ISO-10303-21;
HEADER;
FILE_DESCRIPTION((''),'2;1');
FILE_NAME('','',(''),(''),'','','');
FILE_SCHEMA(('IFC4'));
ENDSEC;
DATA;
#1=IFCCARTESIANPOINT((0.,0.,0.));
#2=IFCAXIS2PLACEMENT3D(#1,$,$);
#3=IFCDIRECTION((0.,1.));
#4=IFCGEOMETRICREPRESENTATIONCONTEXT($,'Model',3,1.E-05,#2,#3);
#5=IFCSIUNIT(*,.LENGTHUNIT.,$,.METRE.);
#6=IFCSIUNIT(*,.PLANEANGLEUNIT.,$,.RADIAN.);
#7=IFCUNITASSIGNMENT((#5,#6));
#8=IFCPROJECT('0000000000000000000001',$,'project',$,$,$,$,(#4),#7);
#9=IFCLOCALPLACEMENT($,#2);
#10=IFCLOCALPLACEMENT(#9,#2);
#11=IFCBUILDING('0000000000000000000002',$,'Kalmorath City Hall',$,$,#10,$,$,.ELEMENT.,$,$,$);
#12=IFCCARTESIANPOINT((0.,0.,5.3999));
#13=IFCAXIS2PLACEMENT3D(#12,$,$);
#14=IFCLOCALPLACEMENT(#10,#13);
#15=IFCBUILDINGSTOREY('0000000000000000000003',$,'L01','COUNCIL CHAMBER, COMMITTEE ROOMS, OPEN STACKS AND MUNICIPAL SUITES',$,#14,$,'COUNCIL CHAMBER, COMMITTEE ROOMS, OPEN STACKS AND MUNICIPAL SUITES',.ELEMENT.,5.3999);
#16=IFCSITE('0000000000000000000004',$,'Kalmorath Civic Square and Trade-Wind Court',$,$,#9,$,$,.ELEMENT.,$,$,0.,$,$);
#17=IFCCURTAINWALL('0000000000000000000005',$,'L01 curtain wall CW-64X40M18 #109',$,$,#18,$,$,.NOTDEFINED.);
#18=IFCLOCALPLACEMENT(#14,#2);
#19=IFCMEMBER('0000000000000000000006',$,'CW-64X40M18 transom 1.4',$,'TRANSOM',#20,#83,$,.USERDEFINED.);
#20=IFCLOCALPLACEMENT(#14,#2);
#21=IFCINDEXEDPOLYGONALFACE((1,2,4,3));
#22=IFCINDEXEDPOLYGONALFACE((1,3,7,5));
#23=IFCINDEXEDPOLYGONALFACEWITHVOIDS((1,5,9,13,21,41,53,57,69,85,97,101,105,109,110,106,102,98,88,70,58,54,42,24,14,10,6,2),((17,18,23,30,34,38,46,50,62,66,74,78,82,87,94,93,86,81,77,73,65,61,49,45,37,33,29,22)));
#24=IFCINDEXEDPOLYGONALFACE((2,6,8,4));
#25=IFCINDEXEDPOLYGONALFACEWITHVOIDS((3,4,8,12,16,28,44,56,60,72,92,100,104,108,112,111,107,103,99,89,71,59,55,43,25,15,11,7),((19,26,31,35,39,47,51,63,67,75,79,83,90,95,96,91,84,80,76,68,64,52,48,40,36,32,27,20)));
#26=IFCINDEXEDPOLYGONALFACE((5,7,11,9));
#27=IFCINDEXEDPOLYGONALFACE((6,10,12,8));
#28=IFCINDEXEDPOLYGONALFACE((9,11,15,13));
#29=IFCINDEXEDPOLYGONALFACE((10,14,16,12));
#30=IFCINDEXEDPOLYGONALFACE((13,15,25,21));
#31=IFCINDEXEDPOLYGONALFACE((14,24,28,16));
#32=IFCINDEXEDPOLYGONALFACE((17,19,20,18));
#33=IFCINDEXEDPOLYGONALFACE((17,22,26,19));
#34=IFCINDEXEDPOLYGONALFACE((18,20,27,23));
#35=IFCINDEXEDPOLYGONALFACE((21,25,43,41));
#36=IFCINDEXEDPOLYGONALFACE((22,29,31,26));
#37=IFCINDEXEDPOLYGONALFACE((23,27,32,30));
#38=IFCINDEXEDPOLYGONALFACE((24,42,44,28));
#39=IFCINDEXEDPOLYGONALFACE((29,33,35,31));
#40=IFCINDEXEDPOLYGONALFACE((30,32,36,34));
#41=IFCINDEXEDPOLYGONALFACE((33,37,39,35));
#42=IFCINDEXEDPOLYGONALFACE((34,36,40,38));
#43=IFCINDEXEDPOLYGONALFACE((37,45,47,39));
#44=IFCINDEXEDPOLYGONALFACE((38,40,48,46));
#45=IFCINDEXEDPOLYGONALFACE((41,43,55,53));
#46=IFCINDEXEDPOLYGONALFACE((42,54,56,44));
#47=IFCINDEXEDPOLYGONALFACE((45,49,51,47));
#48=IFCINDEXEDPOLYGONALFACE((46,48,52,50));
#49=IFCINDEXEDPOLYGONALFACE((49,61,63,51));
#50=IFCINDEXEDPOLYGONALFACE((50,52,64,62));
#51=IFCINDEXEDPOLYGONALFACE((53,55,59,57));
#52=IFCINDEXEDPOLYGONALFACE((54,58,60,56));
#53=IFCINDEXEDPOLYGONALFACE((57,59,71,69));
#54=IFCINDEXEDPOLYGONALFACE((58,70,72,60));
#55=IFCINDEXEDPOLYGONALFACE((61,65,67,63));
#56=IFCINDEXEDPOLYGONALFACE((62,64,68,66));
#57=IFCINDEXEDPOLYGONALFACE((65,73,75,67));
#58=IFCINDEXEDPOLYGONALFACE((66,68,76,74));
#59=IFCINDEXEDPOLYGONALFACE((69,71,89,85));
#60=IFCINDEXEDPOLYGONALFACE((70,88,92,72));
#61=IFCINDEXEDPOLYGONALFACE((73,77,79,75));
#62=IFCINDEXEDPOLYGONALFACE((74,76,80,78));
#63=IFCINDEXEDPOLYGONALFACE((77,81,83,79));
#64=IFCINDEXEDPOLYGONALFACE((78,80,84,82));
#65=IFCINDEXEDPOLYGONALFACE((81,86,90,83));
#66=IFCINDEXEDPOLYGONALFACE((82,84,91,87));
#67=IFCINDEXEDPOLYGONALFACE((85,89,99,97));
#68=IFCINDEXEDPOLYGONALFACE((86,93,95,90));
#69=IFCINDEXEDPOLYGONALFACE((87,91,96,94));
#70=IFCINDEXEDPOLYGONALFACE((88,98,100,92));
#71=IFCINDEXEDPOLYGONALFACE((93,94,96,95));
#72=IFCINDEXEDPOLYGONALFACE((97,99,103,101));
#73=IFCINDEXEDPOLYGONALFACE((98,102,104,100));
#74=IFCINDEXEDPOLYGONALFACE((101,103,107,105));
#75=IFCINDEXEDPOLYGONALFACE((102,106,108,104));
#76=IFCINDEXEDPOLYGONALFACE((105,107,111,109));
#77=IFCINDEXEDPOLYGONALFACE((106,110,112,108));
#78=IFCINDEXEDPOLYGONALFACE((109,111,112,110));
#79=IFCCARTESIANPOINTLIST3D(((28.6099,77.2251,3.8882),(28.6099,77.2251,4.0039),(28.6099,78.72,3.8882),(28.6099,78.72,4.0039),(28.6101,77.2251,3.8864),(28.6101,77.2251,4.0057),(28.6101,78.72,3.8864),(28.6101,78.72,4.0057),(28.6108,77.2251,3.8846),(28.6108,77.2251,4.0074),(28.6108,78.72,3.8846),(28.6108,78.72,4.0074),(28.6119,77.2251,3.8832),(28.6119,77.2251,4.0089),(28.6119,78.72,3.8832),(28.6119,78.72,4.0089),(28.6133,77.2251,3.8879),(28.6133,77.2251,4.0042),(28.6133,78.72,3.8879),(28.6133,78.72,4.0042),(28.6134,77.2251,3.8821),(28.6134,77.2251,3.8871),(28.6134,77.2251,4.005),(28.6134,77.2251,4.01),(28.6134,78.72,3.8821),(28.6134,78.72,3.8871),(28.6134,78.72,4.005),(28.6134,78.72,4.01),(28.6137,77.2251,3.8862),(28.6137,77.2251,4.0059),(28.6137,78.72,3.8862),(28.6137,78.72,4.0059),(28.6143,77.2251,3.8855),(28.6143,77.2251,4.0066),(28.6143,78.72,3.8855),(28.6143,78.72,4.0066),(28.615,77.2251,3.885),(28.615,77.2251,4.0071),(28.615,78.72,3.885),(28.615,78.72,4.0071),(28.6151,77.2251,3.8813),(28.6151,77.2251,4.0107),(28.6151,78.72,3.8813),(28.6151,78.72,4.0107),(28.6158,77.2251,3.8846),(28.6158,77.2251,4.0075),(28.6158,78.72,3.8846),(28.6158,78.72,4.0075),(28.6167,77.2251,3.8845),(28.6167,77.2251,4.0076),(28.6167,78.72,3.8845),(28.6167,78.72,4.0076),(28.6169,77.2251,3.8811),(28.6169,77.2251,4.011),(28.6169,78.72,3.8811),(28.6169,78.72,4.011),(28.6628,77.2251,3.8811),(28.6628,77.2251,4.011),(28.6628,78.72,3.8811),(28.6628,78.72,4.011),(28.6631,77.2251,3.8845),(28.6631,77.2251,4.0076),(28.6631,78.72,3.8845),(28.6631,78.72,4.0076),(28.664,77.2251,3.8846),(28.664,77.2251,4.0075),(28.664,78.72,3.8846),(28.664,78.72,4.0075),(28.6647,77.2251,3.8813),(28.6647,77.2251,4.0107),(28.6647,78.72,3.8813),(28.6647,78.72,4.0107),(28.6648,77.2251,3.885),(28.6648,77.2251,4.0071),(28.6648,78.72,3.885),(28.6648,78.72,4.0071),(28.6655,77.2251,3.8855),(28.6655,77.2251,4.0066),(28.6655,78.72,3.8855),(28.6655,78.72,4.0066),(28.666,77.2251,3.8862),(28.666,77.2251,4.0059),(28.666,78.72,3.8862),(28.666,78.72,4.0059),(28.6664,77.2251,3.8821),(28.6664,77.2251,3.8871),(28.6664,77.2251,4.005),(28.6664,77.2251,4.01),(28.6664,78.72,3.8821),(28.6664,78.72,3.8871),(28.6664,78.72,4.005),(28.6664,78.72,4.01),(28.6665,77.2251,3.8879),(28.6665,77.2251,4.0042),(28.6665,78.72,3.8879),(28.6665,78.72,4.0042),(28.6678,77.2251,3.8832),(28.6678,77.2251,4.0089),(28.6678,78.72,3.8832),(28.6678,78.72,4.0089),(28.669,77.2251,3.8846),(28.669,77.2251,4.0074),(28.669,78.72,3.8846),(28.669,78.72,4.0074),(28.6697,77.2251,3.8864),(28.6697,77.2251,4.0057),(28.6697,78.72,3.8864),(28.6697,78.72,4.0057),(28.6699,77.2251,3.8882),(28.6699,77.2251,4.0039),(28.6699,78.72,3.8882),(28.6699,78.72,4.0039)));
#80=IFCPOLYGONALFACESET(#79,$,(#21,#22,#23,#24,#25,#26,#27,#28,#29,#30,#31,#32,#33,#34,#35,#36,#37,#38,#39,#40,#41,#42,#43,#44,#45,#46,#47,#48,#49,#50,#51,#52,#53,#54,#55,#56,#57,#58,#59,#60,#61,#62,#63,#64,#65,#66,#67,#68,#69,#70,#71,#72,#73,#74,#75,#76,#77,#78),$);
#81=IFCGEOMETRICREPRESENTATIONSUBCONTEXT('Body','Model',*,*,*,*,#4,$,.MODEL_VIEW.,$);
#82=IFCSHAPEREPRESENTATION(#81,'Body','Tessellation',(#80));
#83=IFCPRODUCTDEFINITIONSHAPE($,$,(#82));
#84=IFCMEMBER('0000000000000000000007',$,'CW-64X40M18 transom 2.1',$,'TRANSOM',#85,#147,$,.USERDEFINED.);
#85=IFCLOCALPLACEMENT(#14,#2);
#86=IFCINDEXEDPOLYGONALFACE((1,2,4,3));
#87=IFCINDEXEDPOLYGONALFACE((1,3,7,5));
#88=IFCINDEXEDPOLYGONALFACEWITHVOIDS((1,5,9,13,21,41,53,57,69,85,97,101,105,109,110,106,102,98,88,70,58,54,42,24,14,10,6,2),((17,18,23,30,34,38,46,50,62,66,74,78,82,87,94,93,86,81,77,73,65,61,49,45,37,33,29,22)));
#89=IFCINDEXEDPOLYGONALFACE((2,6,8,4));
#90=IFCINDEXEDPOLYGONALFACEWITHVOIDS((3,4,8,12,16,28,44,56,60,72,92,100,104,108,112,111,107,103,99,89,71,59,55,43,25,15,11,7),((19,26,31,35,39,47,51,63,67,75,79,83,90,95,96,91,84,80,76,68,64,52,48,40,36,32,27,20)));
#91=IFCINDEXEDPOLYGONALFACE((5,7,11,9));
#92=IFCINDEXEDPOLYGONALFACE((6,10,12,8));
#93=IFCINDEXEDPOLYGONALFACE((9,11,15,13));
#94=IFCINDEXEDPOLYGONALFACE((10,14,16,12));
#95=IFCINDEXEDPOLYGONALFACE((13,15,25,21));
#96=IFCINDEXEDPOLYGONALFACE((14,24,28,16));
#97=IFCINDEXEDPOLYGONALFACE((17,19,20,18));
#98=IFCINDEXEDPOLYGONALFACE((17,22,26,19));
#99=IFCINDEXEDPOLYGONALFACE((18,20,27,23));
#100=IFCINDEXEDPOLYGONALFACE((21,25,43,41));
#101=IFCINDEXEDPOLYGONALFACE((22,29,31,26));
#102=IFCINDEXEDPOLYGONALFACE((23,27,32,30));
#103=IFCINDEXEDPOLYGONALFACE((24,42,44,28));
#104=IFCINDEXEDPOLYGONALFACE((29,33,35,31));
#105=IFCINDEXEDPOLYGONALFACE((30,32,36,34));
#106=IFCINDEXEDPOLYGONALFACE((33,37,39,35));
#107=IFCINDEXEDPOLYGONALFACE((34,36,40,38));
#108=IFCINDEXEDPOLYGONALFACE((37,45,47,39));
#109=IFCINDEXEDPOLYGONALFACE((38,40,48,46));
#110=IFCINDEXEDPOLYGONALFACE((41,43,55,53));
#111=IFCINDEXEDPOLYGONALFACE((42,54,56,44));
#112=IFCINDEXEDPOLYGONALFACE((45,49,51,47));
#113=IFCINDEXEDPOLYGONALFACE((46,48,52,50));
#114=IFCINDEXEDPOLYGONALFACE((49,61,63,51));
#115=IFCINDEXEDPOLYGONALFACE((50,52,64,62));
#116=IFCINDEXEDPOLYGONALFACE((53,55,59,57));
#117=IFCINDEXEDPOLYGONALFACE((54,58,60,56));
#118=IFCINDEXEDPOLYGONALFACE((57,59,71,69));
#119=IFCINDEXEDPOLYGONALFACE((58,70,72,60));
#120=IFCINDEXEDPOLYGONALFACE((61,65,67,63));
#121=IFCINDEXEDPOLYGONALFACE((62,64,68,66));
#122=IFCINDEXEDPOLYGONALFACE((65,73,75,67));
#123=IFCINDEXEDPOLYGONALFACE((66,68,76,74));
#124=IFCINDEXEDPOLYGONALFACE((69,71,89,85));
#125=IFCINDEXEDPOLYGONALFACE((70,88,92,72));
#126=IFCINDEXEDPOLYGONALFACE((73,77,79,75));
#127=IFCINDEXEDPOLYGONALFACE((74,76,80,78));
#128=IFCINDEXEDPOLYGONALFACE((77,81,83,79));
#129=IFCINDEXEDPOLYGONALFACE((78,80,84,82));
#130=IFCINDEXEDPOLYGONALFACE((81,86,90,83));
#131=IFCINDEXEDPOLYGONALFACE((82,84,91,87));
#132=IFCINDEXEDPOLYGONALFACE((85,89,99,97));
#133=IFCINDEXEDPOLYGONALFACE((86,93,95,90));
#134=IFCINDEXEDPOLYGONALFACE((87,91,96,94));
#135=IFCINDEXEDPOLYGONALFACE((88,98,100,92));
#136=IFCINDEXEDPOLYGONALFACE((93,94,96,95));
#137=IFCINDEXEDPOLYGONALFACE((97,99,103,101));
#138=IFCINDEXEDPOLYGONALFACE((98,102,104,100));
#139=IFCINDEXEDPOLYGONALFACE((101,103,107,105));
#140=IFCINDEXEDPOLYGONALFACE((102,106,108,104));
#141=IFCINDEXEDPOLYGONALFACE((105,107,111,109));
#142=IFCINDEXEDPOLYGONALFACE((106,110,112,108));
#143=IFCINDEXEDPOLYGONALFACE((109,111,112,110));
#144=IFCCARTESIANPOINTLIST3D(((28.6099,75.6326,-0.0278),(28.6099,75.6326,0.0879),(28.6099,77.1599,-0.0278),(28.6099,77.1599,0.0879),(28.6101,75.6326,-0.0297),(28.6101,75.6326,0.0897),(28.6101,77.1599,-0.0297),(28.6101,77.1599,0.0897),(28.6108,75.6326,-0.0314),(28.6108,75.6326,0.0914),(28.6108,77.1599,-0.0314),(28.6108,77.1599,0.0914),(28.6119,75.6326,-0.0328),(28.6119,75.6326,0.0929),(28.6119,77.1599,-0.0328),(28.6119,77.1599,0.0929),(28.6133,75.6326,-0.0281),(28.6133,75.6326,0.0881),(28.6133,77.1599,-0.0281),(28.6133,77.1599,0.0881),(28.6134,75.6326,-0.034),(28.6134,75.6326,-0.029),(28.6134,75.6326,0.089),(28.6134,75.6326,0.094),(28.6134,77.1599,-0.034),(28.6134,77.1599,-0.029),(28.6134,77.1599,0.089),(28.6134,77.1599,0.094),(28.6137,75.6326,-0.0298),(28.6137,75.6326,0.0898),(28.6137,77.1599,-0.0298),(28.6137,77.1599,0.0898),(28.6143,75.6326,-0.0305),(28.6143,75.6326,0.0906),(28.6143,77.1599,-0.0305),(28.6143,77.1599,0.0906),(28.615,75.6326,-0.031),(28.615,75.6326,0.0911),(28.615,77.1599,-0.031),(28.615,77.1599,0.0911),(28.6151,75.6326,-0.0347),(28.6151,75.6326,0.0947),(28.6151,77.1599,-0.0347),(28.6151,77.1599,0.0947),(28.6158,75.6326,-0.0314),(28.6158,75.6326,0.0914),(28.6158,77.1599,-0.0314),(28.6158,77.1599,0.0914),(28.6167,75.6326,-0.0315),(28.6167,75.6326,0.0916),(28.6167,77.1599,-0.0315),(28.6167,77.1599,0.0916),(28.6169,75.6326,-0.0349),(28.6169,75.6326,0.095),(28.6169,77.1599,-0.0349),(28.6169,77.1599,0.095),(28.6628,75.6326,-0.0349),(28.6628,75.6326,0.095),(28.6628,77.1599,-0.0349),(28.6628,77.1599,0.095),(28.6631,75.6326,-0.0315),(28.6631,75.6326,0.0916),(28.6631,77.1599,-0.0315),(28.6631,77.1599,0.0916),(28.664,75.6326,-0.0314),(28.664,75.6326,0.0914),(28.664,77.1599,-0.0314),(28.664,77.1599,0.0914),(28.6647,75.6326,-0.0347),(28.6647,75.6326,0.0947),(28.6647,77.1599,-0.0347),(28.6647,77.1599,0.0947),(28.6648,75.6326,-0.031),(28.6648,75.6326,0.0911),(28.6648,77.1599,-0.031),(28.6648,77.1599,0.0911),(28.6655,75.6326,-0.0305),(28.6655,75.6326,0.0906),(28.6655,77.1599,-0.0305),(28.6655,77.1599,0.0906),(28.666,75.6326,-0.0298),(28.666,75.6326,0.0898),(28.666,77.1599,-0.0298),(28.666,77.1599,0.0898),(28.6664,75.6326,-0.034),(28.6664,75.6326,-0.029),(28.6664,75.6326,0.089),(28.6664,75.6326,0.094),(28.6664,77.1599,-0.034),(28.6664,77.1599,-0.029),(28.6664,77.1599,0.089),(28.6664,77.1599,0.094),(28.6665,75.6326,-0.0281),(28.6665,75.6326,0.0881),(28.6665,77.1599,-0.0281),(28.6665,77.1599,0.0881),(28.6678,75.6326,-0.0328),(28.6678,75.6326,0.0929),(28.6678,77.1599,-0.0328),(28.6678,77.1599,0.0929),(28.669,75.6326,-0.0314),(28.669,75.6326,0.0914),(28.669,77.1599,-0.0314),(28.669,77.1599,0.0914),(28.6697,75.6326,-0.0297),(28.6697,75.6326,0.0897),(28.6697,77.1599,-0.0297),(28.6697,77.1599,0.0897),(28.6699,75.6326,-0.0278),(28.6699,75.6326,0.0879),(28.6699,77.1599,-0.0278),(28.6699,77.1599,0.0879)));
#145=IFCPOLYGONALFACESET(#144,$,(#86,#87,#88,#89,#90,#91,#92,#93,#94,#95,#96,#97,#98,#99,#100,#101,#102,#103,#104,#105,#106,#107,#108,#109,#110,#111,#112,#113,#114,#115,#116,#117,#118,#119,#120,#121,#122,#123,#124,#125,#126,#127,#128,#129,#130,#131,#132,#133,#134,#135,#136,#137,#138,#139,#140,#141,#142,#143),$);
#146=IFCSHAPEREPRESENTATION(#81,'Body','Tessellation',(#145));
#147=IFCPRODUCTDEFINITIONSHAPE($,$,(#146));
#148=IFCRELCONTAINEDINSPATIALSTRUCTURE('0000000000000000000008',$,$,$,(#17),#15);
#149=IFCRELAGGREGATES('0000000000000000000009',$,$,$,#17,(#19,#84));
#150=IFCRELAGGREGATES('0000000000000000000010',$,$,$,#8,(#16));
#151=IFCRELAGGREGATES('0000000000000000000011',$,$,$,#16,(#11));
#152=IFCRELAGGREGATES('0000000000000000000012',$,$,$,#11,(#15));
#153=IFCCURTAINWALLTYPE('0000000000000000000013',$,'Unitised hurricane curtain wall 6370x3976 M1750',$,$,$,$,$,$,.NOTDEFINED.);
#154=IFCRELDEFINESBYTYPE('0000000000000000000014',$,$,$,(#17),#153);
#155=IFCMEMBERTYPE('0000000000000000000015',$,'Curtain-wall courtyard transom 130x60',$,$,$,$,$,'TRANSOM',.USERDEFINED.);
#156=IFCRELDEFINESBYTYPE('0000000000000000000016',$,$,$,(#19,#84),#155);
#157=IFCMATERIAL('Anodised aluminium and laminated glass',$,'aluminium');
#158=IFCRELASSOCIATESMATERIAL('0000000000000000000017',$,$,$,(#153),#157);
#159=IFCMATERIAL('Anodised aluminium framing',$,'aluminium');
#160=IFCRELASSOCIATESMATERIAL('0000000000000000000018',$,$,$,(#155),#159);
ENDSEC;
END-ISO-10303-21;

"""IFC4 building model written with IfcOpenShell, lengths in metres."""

from ifc_helpers import new_model, si_unit, direction, frame, origin, origin_2d, place, context, subcontext, project, spatial, hollow_rectangle, extrude, material, material_profile, profile_set, type_object, element, aggregate, save


model = new_model("IFC4")

# Units and contexts
model_context = context("Model", 3, precision=1e-05, world=origin(), true_north=direction((0.0, 1.0)))
body_context = subcontext(model_context, "Body", "Model", "MODEL_VIEW")
ifc_project = project(units=[si_unit("LENGTHUNIT", "METRE"), si_unit("PLANEANGLEUNIT", "RADIAN")], contexts=[model_context])

# Site, building, storey
site_placement = place(None, origin())
site = spatial("IfcSite", under=ifc_project, at=site_placement, Name="Kalmorath Civic Square and Trade-Wind Court", CompositionType="ELEMENT", RefElevation=0.0)
building_placement = place(site_placement, origin())
building = spatial("IfcBuilding", under=site, at=building_placement, Name="Kalmorath City Hall", CompositionType="ELEMENT")
storey_placement = place(building_placement, frame((0.0, 0.0, 5.3999)))
storey = spatial("IfcBuildingStorey", under=building, at=storey_placement, Name="L01", Description="COUNCIL CHAMBER, COMMITTEE ROOMS, OPEN STACKS AND MUNICIPAL SUITES", LongName="COUNCIL CHAMBER, COMMITTEE ROOMS, OPEN STACKS AND MUNICIPAL SUITES", CompositionType="ELEMENT", Elevation=5.3999)

# Shared definitions
ifc_material_1 = material(Name="Anodised aluminium and laminated glass", Category="aluminium")
curtain_wall_type = type_object("IfcCurtainWallType", Name="Unitised hurricane curtain wall 6370x3976 M1750", PredefinedType="NOTDEFINED", material=ifc_material_1)

# Curtain wall
curtain_wall_1_placement = place(storey_placement, origin())
curtain_wall_1 = element("IfcCurtainWall", 1, at=curtain_wall_1_placement, inside=storey, type_object=curtain_wall_type, Name="L01 curtain wall CW-64X40M18 #109", PredefinedType="NOTDEFINED")

# Members
ifc_material_2 = material(Name="Anodised aluminium framing", Category="aluminium")
ifc_material_profile_1 = material_profile(ifc_material_2, hollow_rectangle(XDim=0.0601, YDim=0.1299, WallThickness=0.0034, InnerFilletRadius=0.0034, OuterFilletRadius=0.0071, at=origin_2d()), Name="ALU-TRN-130X60X3.5")
ifc_profile_set_1 = profile_set([ifc_material_profile_1], Name="Anodised aluminium framing")
member_type_1 = type_object("IfcMemberType", Name="Curtain-wall courtyard transom 130x60", ElementType="TRANSOM", PredefinedType="USERDEFINED", material=ifc_profile_set_1)
member_1_placement = place(storey_placement, frame((28.6399, 78.72, 3.946), z_axis=(0.0, -1.0, 0.0), x_axis=(1.0, 0.0, 0.0)))
member_1 = element("IfcMember", 2, at=member_1_placement, type_object=member_type_1, Name="CW-64X40M18 transom 1.4", ObjectType="TRANSOM", PredefinedType="USERDEFINED", context=body_context, shape_type="SweptSolid", body=[
    extrude(hollow_rectangle(XDim=0.0601, YDim=0.1299, WallThickness=0.0034, InnerFilletRadius=0.0034, OuterFilletRadius=0.0071, at=origin_2d()), origin(), (0.0, 0.0, 1.0), 1.4949),
])
member_2_placement = place(storey_placement, frame((28.6399, 77.1599, 0.03), z_axis=(0.0, -1.0, 0.0), x_axis=(1.0, 0.0, 0.0)))
member_2 = element("IfcMember", 3, at=member_2_placement, type_object=member_type_1, Name="CW-64X40M18 transom 2.1", ObjectType="TRANSOM", PredefinedType="USERDEFINED", context=body_context, shape_type="SweptSolid", body=[
    extrude(hollow_rectangle(XDim=0.0601, YDim=0.1299, WallThickness=0.0034, InnerFilletRadius=0.0034, OuterFilletRadius=0.0071, at=origin_2d()), origin(), (0.0, 0.0, 1.0), 1.5273),
])

aggregate(curtain_wall_1, [member_1, member_2])

save(model, "model.ifc")
